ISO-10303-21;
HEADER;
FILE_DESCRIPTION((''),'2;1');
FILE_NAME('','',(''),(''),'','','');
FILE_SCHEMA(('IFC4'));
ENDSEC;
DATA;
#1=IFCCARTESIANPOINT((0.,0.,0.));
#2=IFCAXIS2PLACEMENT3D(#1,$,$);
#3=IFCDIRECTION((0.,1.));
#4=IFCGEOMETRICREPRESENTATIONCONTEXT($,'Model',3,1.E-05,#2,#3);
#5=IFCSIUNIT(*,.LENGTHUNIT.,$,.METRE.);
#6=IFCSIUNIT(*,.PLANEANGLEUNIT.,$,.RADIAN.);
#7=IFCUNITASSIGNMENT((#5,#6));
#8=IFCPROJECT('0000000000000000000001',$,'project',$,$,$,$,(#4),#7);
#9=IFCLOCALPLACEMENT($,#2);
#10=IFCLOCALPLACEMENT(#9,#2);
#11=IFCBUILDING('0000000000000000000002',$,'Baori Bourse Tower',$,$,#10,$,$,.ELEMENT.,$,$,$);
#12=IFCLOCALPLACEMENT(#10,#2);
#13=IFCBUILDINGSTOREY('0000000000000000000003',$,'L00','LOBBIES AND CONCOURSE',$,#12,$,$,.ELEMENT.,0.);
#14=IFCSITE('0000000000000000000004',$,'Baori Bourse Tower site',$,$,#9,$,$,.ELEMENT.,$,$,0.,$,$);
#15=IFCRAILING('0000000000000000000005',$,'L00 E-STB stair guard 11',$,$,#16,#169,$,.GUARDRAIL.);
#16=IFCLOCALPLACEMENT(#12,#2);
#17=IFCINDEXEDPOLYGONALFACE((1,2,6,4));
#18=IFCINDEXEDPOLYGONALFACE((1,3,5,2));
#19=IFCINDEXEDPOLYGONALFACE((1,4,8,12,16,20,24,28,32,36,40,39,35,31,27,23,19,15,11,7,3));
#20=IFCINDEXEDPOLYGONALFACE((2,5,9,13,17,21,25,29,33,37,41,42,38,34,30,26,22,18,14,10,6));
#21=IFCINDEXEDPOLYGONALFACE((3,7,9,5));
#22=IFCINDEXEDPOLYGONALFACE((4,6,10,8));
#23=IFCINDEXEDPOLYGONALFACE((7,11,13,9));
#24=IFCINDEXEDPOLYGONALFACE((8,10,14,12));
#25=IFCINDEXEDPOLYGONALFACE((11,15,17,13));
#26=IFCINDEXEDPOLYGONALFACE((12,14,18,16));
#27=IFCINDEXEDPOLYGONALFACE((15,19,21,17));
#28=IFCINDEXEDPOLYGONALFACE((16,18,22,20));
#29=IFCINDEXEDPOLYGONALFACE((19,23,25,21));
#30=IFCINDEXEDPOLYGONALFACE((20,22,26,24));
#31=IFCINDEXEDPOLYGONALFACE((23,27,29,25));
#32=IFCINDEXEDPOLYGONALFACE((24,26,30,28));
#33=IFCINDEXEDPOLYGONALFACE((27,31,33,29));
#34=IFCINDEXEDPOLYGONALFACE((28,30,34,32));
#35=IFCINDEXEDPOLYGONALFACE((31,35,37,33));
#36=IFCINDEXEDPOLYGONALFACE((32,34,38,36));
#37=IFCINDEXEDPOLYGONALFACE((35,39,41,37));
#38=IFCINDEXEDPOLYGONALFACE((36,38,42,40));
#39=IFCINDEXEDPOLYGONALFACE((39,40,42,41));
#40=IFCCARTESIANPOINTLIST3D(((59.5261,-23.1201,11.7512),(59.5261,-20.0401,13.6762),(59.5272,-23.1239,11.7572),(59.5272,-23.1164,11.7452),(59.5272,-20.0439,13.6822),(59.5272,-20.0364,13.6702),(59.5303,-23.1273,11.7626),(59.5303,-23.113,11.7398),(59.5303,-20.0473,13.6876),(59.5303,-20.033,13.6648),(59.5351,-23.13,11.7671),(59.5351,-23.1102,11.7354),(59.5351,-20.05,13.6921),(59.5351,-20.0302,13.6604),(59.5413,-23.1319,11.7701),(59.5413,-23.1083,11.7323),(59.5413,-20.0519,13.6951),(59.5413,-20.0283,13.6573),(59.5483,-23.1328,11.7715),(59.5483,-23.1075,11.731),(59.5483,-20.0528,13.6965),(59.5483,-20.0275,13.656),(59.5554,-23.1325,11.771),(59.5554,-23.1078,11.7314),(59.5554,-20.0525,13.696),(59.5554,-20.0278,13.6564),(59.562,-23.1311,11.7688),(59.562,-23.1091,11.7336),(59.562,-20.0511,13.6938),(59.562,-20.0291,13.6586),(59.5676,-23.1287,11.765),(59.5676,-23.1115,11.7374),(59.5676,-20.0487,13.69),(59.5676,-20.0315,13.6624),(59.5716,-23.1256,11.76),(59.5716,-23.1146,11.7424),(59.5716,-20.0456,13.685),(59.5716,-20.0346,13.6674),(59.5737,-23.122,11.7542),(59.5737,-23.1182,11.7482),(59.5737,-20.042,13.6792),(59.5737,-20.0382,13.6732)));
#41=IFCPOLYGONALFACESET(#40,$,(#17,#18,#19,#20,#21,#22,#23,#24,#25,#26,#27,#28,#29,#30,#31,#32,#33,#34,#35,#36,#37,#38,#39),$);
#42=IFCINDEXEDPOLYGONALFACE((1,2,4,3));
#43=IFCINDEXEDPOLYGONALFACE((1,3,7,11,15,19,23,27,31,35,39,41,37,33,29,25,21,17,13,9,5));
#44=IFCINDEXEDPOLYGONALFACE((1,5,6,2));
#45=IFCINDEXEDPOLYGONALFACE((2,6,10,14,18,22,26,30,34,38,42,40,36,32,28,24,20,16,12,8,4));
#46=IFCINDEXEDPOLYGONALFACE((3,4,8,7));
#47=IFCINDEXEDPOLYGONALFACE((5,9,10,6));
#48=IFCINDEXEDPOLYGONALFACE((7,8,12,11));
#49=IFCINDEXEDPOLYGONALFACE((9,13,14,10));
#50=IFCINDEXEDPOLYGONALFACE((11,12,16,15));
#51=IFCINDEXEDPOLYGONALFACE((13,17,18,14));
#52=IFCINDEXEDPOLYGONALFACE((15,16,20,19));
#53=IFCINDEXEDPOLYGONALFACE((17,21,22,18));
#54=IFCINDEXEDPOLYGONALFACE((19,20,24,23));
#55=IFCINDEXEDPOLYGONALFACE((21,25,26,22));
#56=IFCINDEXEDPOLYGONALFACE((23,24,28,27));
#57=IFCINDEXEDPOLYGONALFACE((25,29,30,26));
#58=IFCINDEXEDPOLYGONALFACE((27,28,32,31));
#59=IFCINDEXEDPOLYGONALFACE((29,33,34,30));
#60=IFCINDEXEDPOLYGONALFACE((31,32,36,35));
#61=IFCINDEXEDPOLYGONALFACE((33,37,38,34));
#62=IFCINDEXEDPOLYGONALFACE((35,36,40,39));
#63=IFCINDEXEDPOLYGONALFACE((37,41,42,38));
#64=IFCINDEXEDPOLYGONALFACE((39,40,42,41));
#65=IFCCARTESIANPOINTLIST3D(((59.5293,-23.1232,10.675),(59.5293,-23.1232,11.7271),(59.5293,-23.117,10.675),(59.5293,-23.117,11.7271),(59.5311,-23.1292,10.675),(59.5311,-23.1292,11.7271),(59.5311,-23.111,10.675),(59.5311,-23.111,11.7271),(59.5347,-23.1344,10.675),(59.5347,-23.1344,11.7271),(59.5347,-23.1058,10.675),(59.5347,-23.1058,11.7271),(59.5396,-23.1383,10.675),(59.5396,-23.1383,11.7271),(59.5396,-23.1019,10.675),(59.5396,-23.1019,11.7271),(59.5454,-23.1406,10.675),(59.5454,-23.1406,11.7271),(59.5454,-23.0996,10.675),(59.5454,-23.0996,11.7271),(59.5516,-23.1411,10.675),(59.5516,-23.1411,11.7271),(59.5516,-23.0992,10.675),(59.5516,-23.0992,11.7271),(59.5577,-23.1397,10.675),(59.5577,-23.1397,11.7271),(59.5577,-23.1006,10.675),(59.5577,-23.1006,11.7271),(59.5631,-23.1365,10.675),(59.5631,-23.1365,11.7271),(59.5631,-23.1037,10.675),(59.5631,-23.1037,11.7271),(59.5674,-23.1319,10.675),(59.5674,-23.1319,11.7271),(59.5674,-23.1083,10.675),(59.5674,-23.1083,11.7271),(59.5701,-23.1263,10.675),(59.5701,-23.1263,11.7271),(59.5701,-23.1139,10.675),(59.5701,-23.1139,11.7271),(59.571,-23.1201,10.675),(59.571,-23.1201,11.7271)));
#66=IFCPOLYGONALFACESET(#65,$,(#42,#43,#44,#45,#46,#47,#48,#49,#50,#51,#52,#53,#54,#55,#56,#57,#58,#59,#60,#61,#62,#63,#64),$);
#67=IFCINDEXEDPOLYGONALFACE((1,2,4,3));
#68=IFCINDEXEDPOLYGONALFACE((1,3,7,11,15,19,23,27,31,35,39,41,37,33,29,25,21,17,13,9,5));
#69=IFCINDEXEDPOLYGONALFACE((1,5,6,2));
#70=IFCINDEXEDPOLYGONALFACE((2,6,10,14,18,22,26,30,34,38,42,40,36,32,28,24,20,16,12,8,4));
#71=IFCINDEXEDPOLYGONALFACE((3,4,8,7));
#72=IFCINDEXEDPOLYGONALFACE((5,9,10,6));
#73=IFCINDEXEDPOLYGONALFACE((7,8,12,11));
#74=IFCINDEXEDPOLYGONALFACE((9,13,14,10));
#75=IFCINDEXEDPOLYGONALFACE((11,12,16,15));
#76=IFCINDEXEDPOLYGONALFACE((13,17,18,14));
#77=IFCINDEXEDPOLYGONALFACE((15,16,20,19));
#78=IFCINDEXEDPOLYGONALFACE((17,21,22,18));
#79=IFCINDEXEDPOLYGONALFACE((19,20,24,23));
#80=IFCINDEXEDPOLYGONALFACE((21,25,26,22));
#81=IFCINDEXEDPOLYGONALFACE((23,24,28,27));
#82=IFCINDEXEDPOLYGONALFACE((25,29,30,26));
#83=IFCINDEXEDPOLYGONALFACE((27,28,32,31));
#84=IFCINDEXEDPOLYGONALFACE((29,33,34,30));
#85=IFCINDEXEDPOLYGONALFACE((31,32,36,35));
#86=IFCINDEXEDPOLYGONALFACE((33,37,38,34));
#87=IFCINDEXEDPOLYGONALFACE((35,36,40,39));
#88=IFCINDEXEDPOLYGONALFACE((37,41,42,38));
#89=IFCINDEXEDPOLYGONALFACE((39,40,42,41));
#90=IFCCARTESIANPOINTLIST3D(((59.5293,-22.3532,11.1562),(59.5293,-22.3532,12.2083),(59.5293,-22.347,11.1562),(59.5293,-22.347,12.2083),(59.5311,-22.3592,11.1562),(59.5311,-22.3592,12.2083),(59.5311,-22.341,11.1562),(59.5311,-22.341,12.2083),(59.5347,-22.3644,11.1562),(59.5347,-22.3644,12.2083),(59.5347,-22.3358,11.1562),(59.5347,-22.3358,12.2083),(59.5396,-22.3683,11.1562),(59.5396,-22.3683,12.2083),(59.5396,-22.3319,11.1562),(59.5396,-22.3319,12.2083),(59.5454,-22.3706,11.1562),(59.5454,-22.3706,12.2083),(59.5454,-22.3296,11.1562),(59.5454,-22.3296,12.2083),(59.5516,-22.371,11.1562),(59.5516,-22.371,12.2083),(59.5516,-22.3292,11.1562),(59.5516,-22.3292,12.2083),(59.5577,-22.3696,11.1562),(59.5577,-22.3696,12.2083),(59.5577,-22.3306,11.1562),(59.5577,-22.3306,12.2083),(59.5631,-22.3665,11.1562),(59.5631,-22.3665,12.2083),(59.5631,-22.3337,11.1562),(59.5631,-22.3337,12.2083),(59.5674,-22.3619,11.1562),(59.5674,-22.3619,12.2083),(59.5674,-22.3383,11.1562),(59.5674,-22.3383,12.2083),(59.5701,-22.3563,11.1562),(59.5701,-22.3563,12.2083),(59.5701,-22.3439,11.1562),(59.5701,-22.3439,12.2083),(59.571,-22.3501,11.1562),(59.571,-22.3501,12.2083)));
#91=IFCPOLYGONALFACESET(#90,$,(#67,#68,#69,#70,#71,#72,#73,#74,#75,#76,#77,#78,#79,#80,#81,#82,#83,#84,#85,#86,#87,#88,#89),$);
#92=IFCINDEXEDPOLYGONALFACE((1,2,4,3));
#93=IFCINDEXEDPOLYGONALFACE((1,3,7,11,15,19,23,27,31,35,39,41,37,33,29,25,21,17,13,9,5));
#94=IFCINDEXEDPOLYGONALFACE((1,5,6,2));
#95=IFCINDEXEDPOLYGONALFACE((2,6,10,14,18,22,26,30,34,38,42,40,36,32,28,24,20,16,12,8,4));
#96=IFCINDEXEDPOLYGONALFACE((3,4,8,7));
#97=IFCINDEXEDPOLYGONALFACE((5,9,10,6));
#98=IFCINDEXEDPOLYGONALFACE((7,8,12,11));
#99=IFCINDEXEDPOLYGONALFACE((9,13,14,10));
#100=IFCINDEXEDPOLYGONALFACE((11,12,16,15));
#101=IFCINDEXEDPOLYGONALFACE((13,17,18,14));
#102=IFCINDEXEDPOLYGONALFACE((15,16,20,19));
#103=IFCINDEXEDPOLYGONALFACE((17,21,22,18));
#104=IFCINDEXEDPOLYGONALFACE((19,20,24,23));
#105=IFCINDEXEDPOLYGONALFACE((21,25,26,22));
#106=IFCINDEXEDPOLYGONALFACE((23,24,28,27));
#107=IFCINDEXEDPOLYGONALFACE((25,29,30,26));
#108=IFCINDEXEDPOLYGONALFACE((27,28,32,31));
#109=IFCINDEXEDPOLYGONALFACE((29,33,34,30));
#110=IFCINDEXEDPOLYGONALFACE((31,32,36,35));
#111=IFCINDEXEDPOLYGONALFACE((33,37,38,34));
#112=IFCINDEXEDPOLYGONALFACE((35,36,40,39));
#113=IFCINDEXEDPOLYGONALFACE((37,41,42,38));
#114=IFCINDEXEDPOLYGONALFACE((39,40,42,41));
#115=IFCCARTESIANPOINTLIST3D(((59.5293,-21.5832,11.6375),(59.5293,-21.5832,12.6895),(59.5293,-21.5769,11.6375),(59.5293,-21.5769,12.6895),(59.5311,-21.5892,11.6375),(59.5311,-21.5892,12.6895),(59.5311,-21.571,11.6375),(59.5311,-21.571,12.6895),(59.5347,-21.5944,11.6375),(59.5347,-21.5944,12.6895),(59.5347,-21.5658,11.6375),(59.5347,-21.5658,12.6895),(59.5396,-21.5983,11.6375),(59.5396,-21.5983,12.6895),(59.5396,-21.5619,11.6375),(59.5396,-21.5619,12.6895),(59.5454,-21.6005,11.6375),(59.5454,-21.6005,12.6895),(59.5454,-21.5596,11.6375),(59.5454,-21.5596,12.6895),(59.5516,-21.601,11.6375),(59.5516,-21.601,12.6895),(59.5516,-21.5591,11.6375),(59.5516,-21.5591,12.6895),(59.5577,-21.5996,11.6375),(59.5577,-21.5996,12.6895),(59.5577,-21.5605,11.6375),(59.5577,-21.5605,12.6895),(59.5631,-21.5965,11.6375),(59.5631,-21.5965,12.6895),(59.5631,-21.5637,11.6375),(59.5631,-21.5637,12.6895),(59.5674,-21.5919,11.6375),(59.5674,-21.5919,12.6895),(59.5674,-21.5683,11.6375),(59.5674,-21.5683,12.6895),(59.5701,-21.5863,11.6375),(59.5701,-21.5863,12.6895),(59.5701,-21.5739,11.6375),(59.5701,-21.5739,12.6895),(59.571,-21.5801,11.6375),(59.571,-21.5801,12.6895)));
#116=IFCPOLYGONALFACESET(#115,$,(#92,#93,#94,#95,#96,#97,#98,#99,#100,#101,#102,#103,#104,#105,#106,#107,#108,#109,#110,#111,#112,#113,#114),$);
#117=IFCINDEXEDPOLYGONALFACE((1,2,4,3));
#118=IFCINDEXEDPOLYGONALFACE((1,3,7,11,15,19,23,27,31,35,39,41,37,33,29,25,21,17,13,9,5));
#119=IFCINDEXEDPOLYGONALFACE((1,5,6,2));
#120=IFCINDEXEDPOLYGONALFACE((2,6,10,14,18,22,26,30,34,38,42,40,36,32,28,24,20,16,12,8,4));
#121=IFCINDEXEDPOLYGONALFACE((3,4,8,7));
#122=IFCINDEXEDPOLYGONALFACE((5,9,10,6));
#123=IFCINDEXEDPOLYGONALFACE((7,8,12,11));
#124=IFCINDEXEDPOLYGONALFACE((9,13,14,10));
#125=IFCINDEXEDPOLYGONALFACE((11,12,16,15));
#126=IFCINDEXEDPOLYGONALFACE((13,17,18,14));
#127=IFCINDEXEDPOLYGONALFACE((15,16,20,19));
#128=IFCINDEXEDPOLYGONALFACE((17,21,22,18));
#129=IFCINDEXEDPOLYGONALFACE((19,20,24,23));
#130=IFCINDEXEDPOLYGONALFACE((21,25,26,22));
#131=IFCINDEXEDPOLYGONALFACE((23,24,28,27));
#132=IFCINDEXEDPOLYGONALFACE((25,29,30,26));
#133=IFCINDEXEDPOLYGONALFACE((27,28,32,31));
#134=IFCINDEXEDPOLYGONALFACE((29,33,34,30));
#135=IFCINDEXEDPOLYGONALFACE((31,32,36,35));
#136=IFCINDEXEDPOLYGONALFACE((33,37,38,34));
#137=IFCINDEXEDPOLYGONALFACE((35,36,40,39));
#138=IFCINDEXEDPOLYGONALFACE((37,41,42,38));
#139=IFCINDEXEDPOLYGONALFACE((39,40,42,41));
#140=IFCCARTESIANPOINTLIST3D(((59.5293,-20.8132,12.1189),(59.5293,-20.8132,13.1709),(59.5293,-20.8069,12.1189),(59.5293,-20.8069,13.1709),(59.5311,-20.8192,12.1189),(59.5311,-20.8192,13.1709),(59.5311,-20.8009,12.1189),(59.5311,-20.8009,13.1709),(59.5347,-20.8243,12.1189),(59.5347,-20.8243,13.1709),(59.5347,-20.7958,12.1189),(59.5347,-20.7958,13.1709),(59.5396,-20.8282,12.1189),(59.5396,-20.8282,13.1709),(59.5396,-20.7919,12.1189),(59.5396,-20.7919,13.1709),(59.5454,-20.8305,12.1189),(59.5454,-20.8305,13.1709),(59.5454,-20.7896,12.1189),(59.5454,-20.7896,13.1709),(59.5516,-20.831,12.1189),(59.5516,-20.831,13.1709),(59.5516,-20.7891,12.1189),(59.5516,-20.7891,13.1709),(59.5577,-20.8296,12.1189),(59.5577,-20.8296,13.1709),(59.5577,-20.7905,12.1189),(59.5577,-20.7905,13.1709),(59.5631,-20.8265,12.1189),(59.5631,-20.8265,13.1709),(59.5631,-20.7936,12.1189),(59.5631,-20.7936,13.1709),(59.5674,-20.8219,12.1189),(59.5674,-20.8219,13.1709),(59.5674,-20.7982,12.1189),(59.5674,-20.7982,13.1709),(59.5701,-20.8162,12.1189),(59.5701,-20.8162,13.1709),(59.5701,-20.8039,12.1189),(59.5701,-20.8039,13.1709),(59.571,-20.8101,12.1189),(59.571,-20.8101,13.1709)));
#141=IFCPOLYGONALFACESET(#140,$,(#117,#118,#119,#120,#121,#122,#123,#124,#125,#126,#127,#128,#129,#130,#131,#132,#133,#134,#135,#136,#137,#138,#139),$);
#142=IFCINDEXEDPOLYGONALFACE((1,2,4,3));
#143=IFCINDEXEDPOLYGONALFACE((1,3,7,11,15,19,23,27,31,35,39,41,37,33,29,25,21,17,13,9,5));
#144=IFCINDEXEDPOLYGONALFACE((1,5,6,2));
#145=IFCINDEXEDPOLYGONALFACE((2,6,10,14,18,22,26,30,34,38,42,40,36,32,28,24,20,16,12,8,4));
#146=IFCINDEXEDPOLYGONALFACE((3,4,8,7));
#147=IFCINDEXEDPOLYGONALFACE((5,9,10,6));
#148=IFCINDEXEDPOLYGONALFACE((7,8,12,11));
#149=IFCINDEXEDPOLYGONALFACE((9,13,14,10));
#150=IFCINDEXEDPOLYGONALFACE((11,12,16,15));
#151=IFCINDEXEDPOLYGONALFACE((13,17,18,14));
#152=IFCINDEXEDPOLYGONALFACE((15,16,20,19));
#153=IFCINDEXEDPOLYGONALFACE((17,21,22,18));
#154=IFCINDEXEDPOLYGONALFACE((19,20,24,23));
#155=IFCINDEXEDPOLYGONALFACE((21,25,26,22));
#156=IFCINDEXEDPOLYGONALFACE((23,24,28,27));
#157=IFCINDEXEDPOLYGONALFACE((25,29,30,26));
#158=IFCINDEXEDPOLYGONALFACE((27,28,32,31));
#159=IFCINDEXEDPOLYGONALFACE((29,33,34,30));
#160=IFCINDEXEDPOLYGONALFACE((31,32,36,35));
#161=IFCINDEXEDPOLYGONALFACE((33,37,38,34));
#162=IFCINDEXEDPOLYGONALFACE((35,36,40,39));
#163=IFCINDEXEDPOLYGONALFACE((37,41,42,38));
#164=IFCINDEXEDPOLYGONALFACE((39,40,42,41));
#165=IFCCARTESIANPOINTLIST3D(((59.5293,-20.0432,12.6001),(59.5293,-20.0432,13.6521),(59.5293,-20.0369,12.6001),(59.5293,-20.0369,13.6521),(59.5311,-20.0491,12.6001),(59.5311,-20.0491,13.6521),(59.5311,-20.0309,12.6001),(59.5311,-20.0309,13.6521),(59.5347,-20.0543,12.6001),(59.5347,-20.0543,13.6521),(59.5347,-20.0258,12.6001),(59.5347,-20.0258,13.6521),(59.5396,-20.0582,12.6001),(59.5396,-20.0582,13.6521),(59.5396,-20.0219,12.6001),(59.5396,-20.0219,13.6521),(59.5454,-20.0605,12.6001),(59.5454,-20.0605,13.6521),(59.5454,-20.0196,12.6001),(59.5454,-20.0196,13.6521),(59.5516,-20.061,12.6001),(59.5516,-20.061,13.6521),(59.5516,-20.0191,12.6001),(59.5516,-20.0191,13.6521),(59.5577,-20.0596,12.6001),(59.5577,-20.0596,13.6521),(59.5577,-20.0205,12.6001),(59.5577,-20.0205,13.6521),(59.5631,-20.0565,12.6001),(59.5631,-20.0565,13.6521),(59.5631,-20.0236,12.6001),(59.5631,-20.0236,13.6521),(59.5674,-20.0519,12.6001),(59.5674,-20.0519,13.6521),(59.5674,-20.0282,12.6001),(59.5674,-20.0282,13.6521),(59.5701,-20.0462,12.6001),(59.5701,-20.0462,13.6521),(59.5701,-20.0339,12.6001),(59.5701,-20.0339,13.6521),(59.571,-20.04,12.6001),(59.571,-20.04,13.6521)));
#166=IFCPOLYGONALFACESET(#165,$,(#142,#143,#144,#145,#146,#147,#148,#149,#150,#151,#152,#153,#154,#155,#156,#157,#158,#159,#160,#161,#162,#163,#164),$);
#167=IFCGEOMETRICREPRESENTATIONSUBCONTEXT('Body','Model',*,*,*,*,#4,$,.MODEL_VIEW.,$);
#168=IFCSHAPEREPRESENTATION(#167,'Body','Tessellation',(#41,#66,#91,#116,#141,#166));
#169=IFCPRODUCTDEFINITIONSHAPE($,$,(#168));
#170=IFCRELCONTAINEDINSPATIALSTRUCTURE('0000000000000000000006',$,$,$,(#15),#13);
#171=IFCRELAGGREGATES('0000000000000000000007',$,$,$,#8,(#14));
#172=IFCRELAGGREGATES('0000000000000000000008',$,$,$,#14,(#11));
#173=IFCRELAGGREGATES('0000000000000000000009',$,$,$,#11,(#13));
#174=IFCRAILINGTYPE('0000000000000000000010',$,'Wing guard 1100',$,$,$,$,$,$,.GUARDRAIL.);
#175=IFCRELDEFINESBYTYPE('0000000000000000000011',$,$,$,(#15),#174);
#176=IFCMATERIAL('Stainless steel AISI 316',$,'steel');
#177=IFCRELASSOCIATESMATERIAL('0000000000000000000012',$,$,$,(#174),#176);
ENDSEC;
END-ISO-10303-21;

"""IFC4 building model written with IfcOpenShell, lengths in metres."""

from ifc_helpers import new_model, si_unit, direction, frame, origin, origin_2d, place, context, subcontext, project, spatial, circle, extrude, material, type_object, element, save


model = new_model("IFC4")

# Units and contexts
model_context = context("Model", 3, precision=1e-05, world=origin(), true_north=direction((0.0, 1.0)))
body_context = subcontext(model_context, "Body", "Model", "MODEL_VIEW")
ifc_project = project(units=[si_unit("LENGTHUNIT", "METRE"), si_unit("PLANEANGLEUNIT", "RADIAN")], contexts=[model_context])

# Site, building, storey
site_placement = place(None, origin())
site = spatial("IfcSite", under=ifc_project, at=site_placement, Name="Baori Bourse Tower site", CompositionType="ELEMENT", RefElevation=0.0)
building_placement = place(site_placement, origin())
building = spatial("IfcBuilding", under=site, at=building_placement, Name="Baori Bourse Tower", CompositionType="ELEMENT")
storey_placement = place(building_placement, origin())
storey = spatial("IfcBuildingStorey", under=building, at=storey_placement, Name="L00", Description="LOBBIES AND CONCOURSE", CompositionType="ELEMENT", Elevation=0.0)

# Railing
ifc_material_1 = material(Name="Stainless steel AISI 316", Category="steel")
railing_type_1 = type_object("IfcRailingType", Name="Wing guard 1100", PredefinedType="GUARDRAIL", material=ifc_material_1)
railing_1_placement = place(storey_placement, frame((59.55, -23.1201, 10.675)))
element("IfcRailing", 1, at=railing_1_placement, inside=storey, type_object=railing_type_1, Name="L00 E-STB stair guard 11", PredefinedType="GUARDRAIL", context=body_context, shape_type="SweptSolid", body=[
    extrude(circle(Radius=0.0239, at=origin_2d()), frame((0.0, 0.0, 1.0762), z_axis=(0.0, 0.847998, 0.529999), x_axis=(-1.0, 0.0, 0.0)), (0.0, 0.0, 1.0), 3.6321),
    extrude(circle(Radius=0.021, at=origin_2d()), origin(), (0.0, 0.0, 1.0), 1.052),
    extrude(circle(Radius=0.021, at=origin_2d()), frame((0.0, 0.77, 0.4812)), (0.0, 0.0, 1.0), 1.052),
    extrude(circle(Radius=0.021, at=origin_2d()), frame((0.0, 1.54, 0.9624)), (0.0, 0.0, 1.0), 1.052),
    extrude(circle(Radius=0.021, at=origin_2d()), frame((0.0, 2.3101, 1.4438)), (0.0, 0.0, 1.0), 1.052),
    extrude(circle(Radius=0.021, at=origin_2d()), frame((0.0, 3.0801, 1.925)), (0.0, 0.0, 1.0), 1.052),
])

save(model, "model.ifc")
